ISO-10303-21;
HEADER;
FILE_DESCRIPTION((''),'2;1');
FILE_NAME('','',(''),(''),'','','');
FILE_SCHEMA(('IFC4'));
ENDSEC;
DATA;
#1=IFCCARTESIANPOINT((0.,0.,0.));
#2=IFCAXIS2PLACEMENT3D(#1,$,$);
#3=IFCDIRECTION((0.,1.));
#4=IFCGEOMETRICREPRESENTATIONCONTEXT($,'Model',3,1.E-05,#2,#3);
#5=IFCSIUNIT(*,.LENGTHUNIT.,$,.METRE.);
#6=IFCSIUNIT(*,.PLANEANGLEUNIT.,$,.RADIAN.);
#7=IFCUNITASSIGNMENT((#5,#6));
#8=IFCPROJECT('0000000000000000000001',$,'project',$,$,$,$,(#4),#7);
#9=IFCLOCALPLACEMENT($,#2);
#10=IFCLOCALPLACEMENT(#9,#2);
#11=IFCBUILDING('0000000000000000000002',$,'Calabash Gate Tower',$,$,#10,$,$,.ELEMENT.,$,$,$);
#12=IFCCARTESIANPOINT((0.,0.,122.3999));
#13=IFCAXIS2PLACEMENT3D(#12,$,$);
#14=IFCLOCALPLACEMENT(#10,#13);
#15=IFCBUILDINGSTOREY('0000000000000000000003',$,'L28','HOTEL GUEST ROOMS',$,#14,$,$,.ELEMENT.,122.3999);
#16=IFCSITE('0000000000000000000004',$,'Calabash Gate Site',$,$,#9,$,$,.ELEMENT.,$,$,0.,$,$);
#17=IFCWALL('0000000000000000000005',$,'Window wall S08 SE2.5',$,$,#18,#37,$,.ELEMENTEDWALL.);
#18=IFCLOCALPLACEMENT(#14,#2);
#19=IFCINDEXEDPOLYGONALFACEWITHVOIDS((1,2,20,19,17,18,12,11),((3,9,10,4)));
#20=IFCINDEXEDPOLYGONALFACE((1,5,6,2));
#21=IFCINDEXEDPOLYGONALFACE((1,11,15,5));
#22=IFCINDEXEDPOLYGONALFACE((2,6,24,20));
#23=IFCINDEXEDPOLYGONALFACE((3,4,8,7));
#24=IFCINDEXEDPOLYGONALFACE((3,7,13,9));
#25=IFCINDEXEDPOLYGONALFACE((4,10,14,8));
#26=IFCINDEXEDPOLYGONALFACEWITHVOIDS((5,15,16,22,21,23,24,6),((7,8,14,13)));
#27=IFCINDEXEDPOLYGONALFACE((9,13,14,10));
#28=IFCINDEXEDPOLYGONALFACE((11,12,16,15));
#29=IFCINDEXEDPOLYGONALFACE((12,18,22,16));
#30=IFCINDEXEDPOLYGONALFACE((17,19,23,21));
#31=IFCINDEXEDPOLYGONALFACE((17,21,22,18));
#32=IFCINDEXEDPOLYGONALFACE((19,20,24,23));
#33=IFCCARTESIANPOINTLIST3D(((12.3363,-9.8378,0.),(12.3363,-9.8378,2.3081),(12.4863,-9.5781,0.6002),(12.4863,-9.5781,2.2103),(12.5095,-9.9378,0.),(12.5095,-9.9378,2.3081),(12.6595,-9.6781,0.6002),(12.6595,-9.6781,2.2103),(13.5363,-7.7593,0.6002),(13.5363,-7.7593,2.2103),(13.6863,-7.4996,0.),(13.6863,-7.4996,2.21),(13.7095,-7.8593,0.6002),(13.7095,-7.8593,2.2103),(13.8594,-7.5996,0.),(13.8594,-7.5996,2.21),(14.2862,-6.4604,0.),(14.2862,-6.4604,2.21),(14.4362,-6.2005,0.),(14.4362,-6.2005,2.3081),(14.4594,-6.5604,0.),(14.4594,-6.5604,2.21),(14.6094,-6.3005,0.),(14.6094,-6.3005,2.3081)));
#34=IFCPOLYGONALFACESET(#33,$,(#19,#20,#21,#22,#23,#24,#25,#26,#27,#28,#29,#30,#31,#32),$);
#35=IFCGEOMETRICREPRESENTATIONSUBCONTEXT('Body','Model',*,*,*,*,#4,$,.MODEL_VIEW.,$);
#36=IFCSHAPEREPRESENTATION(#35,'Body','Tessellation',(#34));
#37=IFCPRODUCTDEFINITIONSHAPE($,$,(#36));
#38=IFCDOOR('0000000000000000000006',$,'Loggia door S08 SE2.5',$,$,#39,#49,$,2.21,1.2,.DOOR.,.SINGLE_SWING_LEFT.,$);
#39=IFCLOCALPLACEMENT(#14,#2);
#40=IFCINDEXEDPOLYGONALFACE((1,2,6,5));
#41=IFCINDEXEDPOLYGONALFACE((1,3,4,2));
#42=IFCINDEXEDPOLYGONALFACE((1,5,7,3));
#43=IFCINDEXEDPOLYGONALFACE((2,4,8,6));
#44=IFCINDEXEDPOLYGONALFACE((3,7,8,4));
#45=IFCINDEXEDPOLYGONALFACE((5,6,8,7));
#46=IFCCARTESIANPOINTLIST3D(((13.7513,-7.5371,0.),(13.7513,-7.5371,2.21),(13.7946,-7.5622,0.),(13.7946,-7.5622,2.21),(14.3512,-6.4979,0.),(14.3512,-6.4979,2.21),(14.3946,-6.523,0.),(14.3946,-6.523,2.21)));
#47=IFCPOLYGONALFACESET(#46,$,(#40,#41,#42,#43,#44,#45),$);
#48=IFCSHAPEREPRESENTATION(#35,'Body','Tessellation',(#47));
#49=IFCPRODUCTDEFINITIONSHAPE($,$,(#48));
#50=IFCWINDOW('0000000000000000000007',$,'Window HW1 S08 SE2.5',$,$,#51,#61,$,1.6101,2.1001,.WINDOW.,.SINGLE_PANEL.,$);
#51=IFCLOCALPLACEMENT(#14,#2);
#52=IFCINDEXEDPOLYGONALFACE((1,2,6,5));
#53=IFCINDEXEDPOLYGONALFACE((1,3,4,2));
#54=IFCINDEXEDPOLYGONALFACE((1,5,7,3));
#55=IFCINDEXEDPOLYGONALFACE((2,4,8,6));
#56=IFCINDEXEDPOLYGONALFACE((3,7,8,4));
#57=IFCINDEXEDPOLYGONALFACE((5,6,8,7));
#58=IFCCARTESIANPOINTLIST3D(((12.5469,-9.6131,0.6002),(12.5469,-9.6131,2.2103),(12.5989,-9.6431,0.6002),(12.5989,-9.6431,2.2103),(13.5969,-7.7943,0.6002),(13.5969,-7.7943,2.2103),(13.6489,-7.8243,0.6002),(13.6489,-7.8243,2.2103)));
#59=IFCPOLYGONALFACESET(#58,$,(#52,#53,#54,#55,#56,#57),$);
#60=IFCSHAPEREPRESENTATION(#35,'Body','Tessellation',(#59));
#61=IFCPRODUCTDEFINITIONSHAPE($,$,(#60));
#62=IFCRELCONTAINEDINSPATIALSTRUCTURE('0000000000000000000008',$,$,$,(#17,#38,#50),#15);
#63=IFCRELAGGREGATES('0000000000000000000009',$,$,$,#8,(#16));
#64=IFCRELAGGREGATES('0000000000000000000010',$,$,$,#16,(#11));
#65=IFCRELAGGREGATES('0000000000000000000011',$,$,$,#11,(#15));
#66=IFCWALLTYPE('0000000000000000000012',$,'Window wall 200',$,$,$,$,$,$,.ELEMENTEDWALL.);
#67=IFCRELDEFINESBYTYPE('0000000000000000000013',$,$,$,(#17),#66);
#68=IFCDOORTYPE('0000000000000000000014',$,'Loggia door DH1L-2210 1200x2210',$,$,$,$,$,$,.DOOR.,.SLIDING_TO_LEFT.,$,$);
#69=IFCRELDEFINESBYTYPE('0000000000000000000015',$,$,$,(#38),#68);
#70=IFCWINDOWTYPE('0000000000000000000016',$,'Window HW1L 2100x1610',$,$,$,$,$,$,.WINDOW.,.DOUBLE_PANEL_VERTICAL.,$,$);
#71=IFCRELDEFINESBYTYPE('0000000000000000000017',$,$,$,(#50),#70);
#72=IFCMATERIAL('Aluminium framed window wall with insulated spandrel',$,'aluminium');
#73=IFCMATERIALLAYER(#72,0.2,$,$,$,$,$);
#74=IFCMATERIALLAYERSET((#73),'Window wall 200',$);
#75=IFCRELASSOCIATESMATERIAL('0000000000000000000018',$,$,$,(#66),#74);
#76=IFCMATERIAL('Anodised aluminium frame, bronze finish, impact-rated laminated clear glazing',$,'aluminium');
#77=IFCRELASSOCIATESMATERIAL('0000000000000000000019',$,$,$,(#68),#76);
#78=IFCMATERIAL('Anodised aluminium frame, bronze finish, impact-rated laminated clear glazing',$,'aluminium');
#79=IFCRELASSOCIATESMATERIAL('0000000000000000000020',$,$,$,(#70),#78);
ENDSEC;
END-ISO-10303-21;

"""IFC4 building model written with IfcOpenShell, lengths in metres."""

from ifc_helpers import new_model, si_unit, direction, frame, frame_2d, origin, place, context, subcontext, project, spatial, rectangle, extrude, material, layer, layer_set, type_object, element, fill, save


model = new_model("IFC4")

# Units and contexts
model_context = context("Model", 3, precision=1e-05, world=origin(), true_north=direction((0.0, 1.0)))
body_context = subcontext(model_context, "Body", "Model", "MODEL_VIEW")
ifc_project = project(units=[si_unit("LENGTHUNIT", "METRE"), si_unit("PLANEANGLEUNIT", "RADIAN")], contexts=[model_context])

# Site, building, storey
site_placement = place(None, origin())
site = spatial("IfcSite", under=ifc_project, at=site_placement, Name="Calabash Gate Site", CompositionType="ELEMENT", RefElevation=0.0)
building_placement = place(site_placement, origin())
building = spatial("IfcBuilding", under=site, at=building_placement, Name="Calabash Gate Tower", CompositionType="ELEMENT")
storey_placement = place(building_placement, frame((0.0, 0.0, 122.3999)))
storey = spatial("IfcBuildingStorey", under=building, at=storey_placement, Name="L28", Description="HOTEL GUEST ROOMS", CompositionType="ELEMENT", Elevation=122.3999)

# Wall, openings, door, window
ifc_material_1 = material(Name="Aluminium framed window wall with insulated spandrel", Category="aluminium")
ifc_layer_1 = layer(ifc_material_1, 0.2)
ifc_layer_set_1 = layer_set([ifc_layer_1], Name="Window wall 200")
wall_type_1 = type_object("IfcWallType", Name="Window wall 200", PredefinedType="ELEMENTEDWALL", material=ifc_layer_set_1)
wall_1_placement = place(storey_placement, frame((12.4229, -9.8879, 0.0), z_axis=(0.0, 0.0, 1.0), x_axis=(0.499984, 0.866035, 0.0)))
wall_1 = element("IfcWall", 1, at=wall_1_placement, inside=storey, type_object=wall_type_1, Name="Window wall S08 SE2.5", PredefinedType="ELEMENTEDWALL", context=body_context, shape_type="SweptSolid", body=[
    extrude(rectangle(XDim=4.2, YDim=0.2, at=frame_2d((2.1001, 0.0))), origin(), (0.0, 0.0, 1.0), 2.3081),
])
opening_1_placement = place(wall_1_placement, frame((0.3, 0.0, 0.6001)))
opening_1 = element("IfcOpeningElement", 2, at=opening_1_placement, cuts=wall_1, PredefinedType="OPENING", context=body_context, shape_type="SweptSolid", body=[
    extrude(rectangle(XDim=2.1001, YDim=1.6101, at=frame_2d((1.05, 0.8052))), frame((0.0, 0.1099, 0.0), z_axis=(0.0, -1.0, 0.0), x_axis=(1.0, 0.0, 0.0)), (0.0, 0.0, 1.0), 0.22),
])
opening_2_placement = place(wall_1_placement, frame((2.7, 0.0, 0.0)))
opening_2 = element("IfcOpeningElement", 3, at=opening_2_placement, cuts=wall_1, PredefinedType="OPENING", context=body_context, shape_type="SweptSolid", body=[
    extrude(rectangle(XDim=1.2, YDim=2.21, at=frame_2d((0.6001, 1.105))), frame((0.0, 0.1099, 0.0), z_axis=(0.0, -1.0, 0.0), x_axis=(1.0, 0.0, 0.0)), (0.0, 0.0, 1.0), 0.22),
])
ifc_material_2 = material(Name="Anodised aluminium frame, bronze finish, impact-rated laminated clear glazing", Category="aluminium")
door_type_1 = type_object("IfcDoorType", Name="Loggia door DH1L-2210 1200x2210", OperationType="SLIDING_TO_LEFT", PredefinedType="DOOR", material=ifc_material_2)
door_1_placement = place(opening_2_placement, origin())
door_1 = element("IfcDoor", 4, at=door_1_placement, inside=storey, type_object=door_type_1, Name="Loggia door S08 SE2.5", OperationType="SINGLE_SWING_LEFT", OverallHeight=2.21, OverallWidth=1.2, PredefinedType="DOOR", context=body_context, shape_type="SweptSolid", body=[
    extrude(rectangle(XDim=1.2, YDim=2.21, at=frame_2d((0.6001, 1.105))), frame((0.0, 0.0249, 0.0), z_axis=(0.0, -1.0, 0.0), x_axis=(1.0, 0.0, 0.0)), (0.0, 0.0, 1.0), 0.05),
])
fill(opening_2, door_1)
ifc_material_3 = material(Name="Anodised aluminium frame, bronze finish, impact-rated laminated clear glazing", Category="aluminium")
window_type = type_object("IfcWindowType", Name="Window HW1L 2100x1610", PartitioningType="DOUBLE_PANEL_VERTICAL", PredefinedType="WINDOW", material=ifc_material_3)
window_placement = place(opening_1_placement, origin())
window = element("IfcWindow", 5, at=window_placement, inside=storey, type_object=window_type, Name="Window HW1 S08 SE2.5", OverallHeight=1.6101, OverallWidth=2.1001, PartitioningType="SINGLE_PANEL", PredefinedType="WINDOW", context=body_context, shape_type="SweptSolid", body=[
    extrude(rectangle(XDim=2.1001, YDim=1.6101, at=frame_2d((1.05, 0.8052))), frame((0.0, 0.03, 0.0), z_axis=(0.0, -1.0, 0.0), x_axis=(1.0, 0.0, 0.0)), (0.0, 0.0, 1.0), 0.0601),
])
fill(opening_1, window)

save(model, "model.ifc")
